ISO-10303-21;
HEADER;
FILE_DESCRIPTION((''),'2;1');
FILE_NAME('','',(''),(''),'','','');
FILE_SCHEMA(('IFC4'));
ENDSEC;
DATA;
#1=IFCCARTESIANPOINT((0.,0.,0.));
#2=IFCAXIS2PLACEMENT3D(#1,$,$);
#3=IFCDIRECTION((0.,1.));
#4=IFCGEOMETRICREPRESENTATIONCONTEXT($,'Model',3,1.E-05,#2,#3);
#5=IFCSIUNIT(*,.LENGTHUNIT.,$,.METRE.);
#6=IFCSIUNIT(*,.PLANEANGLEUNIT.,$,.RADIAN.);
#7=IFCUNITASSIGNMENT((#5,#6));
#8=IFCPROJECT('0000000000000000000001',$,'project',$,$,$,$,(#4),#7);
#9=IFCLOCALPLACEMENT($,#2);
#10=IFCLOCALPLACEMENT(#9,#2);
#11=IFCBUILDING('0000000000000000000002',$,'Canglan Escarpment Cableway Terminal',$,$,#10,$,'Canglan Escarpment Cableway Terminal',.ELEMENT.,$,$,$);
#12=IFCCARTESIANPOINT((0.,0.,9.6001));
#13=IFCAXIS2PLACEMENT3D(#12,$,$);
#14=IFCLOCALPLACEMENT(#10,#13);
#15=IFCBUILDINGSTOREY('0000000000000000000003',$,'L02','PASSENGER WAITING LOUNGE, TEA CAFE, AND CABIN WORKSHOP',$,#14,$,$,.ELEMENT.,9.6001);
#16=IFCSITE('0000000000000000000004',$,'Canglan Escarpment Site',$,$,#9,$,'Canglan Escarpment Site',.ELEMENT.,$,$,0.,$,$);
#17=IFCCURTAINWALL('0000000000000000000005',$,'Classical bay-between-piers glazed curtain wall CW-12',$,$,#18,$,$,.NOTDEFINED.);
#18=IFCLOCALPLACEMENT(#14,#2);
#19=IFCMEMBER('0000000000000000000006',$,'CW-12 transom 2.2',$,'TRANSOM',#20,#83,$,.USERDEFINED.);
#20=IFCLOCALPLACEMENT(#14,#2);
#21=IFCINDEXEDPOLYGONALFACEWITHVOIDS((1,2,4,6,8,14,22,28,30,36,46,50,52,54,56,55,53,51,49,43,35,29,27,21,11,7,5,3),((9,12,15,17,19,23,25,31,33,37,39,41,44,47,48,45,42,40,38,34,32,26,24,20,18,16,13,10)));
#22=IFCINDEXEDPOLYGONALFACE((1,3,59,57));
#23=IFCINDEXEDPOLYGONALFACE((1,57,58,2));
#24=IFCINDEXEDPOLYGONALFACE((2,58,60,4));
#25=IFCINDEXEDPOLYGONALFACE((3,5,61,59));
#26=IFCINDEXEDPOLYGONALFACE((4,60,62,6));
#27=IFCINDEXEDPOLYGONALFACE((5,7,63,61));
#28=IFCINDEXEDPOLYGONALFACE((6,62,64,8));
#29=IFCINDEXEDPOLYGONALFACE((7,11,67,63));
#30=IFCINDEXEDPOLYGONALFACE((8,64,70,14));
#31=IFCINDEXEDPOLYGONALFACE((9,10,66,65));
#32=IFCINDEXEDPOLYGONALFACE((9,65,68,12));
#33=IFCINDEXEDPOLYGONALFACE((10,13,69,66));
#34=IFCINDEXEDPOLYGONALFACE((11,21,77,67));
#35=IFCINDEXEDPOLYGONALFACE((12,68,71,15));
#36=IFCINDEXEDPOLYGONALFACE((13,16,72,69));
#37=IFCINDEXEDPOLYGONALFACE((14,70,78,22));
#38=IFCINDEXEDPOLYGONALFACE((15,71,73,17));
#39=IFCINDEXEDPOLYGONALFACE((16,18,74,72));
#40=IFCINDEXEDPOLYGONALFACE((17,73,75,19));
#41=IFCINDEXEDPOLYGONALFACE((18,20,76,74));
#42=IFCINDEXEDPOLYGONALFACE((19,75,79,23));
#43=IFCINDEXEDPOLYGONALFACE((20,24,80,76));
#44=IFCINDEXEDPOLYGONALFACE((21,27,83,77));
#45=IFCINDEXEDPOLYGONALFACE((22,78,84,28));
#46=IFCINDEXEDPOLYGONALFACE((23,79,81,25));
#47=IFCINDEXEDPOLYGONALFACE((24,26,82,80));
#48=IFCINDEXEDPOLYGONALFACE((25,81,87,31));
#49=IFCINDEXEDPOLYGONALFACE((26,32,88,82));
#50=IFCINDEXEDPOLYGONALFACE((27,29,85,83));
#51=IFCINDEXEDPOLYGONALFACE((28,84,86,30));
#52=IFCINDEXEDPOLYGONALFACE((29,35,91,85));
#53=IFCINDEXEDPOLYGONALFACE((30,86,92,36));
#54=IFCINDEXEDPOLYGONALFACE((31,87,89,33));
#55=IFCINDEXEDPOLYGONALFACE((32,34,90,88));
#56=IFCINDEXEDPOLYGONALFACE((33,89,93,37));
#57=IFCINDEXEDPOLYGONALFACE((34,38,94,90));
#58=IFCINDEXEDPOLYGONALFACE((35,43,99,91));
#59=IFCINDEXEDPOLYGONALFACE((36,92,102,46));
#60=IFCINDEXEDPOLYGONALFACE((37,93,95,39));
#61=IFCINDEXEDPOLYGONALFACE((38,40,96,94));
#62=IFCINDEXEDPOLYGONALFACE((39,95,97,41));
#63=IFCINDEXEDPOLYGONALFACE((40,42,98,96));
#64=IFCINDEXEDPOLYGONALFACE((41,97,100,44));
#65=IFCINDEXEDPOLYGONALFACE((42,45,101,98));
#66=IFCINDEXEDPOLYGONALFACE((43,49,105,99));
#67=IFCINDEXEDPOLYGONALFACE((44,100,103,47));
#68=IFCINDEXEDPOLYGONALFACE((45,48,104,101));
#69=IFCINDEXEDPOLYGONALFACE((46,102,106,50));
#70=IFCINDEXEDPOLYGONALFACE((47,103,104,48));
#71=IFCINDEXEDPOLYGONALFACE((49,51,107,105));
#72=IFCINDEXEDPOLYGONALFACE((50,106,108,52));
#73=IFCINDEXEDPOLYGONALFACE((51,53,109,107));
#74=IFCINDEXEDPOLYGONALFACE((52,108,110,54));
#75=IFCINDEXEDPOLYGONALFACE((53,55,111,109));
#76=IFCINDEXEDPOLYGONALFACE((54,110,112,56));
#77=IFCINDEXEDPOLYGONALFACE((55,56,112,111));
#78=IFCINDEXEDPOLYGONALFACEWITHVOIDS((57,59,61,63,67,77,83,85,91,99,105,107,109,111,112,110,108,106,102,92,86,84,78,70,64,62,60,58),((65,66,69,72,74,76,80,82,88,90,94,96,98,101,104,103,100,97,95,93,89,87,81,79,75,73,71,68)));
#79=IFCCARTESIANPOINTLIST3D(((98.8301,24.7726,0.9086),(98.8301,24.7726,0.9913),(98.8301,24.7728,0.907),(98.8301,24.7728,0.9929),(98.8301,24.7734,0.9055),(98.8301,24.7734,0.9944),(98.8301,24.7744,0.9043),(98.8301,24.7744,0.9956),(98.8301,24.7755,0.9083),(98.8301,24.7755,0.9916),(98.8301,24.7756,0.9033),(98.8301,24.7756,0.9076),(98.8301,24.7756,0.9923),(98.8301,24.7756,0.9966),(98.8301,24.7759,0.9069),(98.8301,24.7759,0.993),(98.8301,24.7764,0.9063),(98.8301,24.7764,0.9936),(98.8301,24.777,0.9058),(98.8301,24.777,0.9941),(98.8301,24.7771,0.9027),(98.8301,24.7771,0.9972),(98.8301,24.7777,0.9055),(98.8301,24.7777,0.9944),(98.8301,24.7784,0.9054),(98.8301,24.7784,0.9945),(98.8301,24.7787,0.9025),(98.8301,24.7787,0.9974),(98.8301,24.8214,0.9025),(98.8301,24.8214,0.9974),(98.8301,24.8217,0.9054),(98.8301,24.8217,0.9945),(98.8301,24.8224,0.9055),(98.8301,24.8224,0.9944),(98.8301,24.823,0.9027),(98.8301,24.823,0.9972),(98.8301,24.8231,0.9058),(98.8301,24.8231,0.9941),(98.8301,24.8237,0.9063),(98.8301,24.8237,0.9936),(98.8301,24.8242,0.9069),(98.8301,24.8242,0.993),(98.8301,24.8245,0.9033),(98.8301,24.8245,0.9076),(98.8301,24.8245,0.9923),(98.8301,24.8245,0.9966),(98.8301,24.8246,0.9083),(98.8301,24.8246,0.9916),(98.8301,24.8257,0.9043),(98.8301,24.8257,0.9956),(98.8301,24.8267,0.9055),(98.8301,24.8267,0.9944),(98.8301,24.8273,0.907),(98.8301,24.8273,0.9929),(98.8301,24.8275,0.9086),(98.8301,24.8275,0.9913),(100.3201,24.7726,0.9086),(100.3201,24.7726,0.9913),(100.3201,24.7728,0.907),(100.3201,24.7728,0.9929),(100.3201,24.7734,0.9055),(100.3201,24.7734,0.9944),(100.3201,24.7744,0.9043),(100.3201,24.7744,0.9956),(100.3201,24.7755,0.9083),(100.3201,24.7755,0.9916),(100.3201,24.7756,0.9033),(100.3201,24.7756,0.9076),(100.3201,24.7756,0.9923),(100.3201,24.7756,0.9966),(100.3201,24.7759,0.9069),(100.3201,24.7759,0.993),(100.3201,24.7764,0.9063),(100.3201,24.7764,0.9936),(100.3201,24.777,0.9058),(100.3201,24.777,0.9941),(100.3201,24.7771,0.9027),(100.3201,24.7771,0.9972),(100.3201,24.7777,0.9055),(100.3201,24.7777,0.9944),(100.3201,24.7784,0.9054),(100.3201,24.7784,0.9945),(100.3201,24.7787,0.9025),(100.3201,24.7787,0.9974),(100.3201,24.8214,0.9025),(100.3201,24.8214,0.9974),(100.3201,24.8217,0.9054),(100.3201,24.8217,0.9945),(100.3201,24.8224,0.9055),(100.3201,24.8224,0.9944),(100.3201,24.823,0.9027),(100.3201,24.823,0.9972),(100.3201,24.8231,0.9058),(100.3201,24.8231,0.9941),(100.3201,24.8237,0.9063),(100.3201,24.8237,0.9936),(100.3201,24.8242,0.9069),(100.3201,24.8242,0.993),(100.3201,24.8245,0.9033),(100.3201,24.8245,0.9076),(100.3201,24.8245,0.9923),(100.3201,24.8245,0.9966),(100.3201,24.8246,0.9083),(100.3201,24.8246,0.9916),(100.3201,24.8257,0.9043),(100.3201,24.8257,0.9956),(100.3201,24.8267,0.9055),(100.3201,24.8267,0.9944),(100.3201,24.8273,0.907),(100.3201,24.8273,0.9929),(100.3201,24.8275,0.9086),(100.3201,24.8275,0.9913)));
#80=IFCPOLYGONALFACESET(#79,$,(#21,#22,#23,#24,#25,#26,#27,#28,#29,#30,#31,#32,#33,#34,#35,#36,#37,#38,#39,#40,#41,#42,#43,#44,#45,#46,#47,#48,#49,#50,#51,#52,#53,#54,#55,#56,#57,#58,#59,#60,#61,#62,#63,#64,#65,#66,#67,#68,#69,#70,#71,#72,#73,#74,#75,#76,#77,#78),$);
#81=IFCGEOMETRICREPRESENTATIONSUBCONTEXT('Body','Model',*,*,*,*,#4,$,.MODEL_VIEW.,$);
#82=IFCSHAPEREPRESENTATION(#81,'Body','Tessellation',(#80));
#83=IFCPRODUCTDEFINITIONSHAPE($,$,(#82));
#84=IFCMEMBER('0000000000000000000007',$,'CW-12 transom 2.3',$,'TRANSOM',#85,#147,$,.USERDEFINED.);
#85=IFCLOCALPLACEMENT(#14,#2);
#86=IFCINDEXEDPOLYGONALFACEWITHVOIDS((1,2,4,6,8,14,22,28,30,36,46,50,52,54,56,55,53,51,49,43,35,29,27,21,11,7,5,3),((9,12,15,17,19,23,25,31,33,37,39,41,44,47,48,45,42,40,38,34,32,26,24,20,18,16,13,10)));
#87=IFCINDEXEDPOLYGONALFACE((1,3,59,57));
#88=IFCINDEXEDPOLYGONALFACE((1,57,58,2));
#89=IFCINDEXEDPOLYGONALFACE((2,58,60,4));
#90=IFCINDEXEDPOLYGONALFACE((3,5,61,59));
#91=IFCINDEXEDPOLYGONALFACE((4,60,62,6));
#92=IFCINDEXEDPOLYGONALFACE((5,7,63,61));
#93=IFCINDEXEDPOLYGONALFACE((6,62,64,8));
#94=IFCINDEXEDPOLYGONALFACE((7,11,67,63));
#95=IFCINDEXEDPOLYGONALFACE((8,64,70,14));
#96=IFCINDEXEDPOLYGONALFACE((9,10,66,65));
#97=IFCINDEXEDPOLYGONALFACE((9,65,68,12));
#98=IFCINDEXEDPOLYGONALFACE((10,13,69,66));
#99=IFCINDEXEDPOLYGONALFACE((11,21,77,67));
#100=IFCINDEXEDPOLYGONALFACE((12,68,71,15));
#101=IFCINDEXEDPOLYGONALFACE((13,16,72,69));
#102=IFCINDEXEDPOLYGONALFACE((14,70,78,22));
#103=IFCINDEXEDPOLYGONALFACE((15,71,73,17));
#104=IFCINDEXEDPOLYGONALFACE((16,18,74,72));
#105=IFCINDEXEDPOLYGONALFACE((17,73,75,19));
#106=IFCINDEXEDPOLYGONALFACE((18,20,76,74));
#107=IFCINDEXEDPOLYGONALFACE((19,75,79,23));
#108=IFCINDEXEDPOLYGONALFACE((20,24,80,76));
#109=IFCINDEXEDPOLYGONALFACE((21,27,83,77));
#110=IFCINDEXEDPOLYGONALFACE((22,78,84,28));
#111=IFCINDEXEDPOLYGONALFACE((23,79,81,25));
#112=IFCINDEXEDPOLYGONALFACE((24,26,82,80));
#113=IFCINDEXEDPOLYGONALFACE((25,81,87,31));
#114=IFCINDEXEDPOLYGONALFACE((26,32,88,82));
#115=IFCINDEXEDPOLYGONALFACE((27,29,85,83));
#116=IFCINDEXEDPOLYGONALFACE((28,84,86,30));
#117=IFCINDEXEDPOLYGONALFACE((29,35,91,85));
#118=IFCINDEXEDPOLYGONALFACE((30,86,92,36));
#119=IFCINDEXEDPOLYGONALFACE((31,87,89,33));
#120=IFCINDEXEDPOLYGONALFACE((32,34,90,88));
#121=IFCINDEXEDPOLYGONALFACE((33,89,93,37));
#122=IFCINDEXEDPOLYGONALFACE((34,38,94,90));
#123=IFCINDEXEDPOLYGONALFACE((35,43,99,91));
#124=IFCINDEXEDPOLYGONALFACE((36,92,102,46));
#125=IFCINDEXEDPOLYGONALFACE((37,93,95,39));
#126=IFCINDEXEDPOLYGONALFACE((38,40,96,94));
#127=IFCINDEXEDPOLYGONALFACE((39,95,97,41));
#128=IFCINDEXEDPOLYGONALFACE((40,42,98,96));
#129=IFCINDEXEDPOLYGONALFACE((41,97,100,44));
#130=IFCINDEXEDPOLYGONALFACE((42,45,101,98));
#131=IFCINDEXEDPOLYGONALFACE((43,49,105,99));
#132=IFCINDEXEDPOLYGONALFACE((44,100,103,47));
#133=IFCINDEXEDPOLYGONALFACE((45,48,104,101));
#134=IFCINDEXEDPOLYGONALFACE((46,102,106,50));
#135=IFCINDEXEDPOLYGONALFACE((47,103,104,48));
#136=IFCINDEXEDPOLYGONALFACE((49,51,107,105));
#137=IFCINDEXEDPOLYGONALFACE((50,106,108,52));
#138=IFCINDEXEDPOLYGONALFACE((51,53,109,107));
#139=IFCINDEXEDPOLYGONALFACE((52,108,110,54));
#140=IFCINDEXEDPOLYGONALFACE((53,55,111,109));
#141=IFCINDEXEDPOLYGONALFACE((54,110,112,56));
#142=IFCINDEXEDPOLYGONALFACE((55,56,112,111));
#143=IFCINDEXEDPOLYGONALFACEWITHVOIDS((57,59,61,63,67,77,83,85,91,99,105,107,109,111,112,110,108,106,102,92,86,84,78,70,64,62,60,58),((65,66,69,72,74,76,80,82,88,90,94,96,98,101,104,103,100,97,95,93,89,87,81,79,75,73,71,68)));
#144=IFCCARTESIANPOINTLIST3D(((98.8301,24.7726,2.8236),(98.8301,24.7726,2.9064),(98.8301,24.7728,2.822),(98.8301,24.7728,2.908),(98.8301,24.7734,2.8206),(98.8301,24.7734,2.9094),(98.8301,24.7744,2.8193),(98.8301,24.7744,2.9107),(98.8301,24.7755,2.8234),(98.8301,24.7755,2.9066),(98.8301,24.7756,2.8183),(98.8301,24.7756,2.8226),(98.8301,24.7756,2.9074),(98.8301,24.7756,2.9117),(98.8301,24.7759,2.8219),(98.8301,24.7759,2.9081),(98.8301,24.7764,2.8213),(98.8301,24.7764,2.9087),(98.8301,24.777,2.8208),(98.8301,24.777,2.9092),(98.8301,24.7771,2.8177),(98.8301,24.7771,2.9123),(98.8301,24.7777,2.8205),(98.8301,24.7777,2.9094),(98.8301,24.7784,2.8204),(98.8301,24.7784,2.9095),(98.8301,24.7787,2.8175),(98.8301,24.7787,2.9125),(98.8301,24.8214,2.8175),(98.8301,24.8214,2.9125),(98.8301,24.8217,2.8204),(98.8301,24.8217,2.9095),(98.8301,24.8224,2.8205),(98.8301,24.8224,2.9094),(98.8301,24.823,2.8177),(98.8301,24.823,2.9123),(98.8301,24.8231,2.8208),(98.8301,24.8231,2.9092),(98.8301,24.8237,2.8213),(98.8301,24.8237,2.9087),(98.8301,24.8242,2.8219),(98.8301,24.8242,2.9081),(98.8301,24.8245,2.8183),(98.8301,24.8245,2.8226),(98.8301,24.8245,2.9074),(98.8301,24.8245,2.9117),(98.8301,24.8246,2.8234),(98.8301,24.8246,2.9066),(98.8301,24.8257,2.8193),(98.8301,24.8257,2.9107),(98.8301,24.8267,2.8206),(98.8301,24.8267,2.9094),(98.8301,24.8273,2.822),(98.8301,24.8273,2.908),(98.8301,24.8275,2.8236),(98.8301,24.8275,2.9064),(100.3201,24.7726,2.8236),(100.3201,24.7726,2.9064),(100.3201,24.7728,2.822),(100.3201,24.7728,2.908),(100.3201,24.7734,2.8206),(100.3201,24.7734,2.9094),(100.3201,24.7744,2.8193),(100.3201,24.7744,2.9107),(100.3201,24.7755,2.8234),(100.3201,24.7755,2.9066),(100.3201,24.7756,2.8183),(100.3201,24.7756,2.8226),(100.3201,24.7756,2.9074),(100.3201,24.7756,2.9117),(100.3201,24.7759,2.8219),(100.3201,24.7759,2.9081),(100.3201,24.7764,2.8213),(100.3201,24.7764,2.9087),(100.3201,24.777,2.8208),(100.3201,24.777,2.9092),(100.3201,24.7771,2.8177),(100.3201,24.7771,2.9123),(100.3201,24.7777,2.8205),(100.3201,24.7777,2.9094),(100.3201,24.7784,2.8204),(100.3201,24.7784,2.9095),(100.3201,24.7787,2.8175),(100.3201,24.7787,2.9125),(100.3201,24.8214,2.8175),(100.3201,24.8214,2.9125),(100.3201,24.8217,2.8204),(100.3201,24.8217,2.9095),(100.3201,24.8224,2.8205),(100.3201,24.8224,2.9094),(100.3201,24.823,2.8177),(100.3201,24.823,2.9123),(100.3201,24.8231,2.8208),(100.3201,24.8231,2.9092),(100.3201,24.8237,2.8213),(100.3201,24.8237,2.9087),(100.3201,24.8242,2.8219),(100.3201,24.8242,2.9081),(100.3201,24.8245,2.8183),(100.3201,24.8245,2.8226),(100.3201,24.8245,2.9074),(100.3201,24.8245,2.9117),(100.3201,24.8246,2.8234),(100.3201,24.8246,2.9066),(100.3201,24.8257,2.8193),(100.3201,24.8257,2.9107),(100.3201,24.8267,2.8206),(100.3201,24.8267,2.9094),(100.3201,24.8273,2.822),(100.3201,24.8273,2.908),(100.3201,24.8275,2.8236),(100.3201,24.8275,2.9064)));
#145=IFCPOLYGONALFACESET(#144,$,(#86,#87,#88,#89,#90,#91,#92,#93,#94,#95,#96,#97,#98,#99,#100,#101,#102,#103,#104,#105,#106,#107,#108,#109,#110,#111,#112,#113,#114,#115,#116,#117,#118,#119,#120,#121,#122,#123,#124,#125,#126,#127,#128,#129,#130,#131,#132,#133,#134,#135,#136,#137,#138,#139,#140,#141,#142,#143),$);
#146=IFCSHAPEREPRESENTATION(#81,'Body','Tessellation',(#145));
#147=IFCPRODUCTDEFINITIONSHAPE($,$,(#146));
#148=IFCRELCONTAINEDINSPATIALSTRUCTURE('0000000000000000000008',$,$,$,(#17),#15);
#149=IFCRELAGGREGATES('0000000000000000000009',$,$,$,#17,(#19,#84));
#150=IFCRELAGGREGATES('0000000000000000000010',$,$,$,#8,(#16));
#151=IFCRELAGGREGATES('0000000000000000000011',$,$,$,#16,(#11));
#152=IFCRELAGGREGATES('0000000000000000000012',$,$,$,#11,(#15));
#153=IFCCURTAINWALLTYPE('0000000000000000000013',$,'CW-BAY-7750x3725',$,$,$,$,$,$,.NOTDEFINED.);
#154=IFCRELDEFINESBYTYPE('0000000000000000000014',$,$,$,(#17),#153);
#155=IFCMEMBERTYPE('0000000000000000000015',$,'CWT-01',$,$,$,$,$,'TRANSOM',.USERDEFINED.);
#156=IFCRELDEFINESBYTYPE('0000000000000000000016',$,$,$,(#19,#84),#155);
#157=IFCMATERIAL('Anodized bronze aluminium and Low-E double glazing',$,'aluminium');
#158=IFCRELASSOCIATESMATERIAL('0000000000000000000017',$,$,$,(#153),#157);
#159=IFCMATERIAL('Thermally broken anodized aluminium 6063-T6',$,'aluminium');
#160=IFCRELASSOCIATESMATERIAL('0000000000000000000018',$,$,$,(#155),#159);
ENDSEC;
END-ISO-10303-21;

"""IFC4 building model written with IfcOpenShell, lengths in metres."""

from ifc_helpers import new_model, si_unit, direction, frame, origin, origin_2d, place, context, subcontext, project, spatial, hollow_rectangle, extrude, material, material_profile, profile_set, type_object, element, aggregate, save


model = new_model("IFC4")

# Units and contexts
model_context = context("Model", 3, precision=1e-05, world=origin(), true_north=direction((0.0, 1.0)))
body_context = subcontext(model_context, "Body", "Model", "MODEL_VIEW")
ifc_project = project(units=[si_unit("LENGTHUNIT", "METRE"), si_unit("PLANEANGLEUNIT", "RADIAN")], contexts=[model_context])

# Site, building, storey
site_placement = place(None, origin())
site = spatial("IfcSite", under=ifc_project, at=site_placement, Name="Canglan Escarpment Site", LongName="Canglan Escarpment Site", CompositionType="ELEMENT", RefElevation=0.0)
building_placement = place(site_placement, origin())
building = spatial("IfcBuilding", under=site, at=building_placement, Name="Canglan Escarpment Cableway Terminal", LongName="Canglan Escarpment Cableway Terminal", CompositionType="ELEMENT")
storey_placement = place(building_placement, frame((0.0, 0.0, 9.6001)))
storey = spatial("IfcBuildingStorey", under=building, at=storey_placement, Name="L02", Description="PASSENGER WAITING LOUNGE, TEA CAFE, AND CABIN WORKSHOP", CompositionType="ELEMENT", Elevation=9.6001)

# Curtain wall, members
ifc_material_1 = material(Name="Anodized bronze aluminium and Low-E double glazing", Category="aluminium")
curtain_wall_type = type_object("IfcCurtainWallType", Name="CW-BAY-7750x3725", PredefinedType="NOTDEFINED", material=ifc_material_1)
curtain_wall_placement = place(storey_placement, origin())
curtain_wall = element("IfcCurtainWall", 1, at=curtain_wall_placement, inside=storey, type_object=curtain_wall_type, Name="Classical bay-between-piers glazed curtain wall CW-12", PredefinedType="NOTDEFINED")
ifc_material_2 = material(Name="Thermally broken anodized aluminium 6063-T6", Category="aluminium")
ifc_material_profile_1 = material_profile(ifc_material_2, hollow_rectangle(XDim=0.0549, YDim=0.095, WallThickness=0.0029, InnerFilletRadius=0.0029, OuterFilletRadius=0.0061, at=origin_2d()), Name="ALU-TRAN 55x95x3")
ifc_profile_set_1 = profile_set([ifc_material_profile_1], Name="Thermally broken anodized aluminium 6063-T6")
member_type_1 = type_object("IfcMemberType", Name="CWT-01", ElementType="TRANSOM", PredefinedType="USERDEFINED", material=ifc_profile_set_1)
member_1_placement = place(storey_placement, frame((100.3201, 24.8, 0.95), z_axis=(-1.0, 0.0, 0.0), x_axis=(0.0, -1.0, 0.0)))
member_1 = element("IfcMember", 2, at=member_1_placement, type_object=member_type_1, Name="CW-12 transom 2.2", ObjectType="TRANSOM", PredefinedType="USERDEFINED", context=body_context, shape_type="SweptSolid", body=[
    extrude(hollow_rectangle(XDim=0.0549, YDim=0.095, WallThickness=0.0029, InnerFilletRadius=0.0029, OuterFilletRadius=0.0061, at=origin_2d()), origin(), (0.0, 0.0, 1.0), 1.49),
])
member_2_placement = place(storey_placement, frame((100.3201, 24.8, 2.865), z_axis=(-1.0, 0.0, 0.0), x_axis=(0.0, -1.0, 0.0)))
member_2 = element("IfcMember", 3, at=member_2_placement, type_object=member_type_1, Name="CW-12 transom 2.3", ObjectType="TRANSOM", PredefinedType="USERDEFINED", context=body_context, shape_type="SweptSolid", body=[
    extrude(hollow_rectangle(XDim=0.0549, YDim=0.095, WallThickness=0.0029, InnerFilletRadius=0.0029, OuterFilletRadius=0.0061, at=origin_2d()), origin(), (0.0, 0.0, 1.0), 1.49),
])
aggregate(curtain_wall, [member_1, member_2])

save(model, "model.ifc")
